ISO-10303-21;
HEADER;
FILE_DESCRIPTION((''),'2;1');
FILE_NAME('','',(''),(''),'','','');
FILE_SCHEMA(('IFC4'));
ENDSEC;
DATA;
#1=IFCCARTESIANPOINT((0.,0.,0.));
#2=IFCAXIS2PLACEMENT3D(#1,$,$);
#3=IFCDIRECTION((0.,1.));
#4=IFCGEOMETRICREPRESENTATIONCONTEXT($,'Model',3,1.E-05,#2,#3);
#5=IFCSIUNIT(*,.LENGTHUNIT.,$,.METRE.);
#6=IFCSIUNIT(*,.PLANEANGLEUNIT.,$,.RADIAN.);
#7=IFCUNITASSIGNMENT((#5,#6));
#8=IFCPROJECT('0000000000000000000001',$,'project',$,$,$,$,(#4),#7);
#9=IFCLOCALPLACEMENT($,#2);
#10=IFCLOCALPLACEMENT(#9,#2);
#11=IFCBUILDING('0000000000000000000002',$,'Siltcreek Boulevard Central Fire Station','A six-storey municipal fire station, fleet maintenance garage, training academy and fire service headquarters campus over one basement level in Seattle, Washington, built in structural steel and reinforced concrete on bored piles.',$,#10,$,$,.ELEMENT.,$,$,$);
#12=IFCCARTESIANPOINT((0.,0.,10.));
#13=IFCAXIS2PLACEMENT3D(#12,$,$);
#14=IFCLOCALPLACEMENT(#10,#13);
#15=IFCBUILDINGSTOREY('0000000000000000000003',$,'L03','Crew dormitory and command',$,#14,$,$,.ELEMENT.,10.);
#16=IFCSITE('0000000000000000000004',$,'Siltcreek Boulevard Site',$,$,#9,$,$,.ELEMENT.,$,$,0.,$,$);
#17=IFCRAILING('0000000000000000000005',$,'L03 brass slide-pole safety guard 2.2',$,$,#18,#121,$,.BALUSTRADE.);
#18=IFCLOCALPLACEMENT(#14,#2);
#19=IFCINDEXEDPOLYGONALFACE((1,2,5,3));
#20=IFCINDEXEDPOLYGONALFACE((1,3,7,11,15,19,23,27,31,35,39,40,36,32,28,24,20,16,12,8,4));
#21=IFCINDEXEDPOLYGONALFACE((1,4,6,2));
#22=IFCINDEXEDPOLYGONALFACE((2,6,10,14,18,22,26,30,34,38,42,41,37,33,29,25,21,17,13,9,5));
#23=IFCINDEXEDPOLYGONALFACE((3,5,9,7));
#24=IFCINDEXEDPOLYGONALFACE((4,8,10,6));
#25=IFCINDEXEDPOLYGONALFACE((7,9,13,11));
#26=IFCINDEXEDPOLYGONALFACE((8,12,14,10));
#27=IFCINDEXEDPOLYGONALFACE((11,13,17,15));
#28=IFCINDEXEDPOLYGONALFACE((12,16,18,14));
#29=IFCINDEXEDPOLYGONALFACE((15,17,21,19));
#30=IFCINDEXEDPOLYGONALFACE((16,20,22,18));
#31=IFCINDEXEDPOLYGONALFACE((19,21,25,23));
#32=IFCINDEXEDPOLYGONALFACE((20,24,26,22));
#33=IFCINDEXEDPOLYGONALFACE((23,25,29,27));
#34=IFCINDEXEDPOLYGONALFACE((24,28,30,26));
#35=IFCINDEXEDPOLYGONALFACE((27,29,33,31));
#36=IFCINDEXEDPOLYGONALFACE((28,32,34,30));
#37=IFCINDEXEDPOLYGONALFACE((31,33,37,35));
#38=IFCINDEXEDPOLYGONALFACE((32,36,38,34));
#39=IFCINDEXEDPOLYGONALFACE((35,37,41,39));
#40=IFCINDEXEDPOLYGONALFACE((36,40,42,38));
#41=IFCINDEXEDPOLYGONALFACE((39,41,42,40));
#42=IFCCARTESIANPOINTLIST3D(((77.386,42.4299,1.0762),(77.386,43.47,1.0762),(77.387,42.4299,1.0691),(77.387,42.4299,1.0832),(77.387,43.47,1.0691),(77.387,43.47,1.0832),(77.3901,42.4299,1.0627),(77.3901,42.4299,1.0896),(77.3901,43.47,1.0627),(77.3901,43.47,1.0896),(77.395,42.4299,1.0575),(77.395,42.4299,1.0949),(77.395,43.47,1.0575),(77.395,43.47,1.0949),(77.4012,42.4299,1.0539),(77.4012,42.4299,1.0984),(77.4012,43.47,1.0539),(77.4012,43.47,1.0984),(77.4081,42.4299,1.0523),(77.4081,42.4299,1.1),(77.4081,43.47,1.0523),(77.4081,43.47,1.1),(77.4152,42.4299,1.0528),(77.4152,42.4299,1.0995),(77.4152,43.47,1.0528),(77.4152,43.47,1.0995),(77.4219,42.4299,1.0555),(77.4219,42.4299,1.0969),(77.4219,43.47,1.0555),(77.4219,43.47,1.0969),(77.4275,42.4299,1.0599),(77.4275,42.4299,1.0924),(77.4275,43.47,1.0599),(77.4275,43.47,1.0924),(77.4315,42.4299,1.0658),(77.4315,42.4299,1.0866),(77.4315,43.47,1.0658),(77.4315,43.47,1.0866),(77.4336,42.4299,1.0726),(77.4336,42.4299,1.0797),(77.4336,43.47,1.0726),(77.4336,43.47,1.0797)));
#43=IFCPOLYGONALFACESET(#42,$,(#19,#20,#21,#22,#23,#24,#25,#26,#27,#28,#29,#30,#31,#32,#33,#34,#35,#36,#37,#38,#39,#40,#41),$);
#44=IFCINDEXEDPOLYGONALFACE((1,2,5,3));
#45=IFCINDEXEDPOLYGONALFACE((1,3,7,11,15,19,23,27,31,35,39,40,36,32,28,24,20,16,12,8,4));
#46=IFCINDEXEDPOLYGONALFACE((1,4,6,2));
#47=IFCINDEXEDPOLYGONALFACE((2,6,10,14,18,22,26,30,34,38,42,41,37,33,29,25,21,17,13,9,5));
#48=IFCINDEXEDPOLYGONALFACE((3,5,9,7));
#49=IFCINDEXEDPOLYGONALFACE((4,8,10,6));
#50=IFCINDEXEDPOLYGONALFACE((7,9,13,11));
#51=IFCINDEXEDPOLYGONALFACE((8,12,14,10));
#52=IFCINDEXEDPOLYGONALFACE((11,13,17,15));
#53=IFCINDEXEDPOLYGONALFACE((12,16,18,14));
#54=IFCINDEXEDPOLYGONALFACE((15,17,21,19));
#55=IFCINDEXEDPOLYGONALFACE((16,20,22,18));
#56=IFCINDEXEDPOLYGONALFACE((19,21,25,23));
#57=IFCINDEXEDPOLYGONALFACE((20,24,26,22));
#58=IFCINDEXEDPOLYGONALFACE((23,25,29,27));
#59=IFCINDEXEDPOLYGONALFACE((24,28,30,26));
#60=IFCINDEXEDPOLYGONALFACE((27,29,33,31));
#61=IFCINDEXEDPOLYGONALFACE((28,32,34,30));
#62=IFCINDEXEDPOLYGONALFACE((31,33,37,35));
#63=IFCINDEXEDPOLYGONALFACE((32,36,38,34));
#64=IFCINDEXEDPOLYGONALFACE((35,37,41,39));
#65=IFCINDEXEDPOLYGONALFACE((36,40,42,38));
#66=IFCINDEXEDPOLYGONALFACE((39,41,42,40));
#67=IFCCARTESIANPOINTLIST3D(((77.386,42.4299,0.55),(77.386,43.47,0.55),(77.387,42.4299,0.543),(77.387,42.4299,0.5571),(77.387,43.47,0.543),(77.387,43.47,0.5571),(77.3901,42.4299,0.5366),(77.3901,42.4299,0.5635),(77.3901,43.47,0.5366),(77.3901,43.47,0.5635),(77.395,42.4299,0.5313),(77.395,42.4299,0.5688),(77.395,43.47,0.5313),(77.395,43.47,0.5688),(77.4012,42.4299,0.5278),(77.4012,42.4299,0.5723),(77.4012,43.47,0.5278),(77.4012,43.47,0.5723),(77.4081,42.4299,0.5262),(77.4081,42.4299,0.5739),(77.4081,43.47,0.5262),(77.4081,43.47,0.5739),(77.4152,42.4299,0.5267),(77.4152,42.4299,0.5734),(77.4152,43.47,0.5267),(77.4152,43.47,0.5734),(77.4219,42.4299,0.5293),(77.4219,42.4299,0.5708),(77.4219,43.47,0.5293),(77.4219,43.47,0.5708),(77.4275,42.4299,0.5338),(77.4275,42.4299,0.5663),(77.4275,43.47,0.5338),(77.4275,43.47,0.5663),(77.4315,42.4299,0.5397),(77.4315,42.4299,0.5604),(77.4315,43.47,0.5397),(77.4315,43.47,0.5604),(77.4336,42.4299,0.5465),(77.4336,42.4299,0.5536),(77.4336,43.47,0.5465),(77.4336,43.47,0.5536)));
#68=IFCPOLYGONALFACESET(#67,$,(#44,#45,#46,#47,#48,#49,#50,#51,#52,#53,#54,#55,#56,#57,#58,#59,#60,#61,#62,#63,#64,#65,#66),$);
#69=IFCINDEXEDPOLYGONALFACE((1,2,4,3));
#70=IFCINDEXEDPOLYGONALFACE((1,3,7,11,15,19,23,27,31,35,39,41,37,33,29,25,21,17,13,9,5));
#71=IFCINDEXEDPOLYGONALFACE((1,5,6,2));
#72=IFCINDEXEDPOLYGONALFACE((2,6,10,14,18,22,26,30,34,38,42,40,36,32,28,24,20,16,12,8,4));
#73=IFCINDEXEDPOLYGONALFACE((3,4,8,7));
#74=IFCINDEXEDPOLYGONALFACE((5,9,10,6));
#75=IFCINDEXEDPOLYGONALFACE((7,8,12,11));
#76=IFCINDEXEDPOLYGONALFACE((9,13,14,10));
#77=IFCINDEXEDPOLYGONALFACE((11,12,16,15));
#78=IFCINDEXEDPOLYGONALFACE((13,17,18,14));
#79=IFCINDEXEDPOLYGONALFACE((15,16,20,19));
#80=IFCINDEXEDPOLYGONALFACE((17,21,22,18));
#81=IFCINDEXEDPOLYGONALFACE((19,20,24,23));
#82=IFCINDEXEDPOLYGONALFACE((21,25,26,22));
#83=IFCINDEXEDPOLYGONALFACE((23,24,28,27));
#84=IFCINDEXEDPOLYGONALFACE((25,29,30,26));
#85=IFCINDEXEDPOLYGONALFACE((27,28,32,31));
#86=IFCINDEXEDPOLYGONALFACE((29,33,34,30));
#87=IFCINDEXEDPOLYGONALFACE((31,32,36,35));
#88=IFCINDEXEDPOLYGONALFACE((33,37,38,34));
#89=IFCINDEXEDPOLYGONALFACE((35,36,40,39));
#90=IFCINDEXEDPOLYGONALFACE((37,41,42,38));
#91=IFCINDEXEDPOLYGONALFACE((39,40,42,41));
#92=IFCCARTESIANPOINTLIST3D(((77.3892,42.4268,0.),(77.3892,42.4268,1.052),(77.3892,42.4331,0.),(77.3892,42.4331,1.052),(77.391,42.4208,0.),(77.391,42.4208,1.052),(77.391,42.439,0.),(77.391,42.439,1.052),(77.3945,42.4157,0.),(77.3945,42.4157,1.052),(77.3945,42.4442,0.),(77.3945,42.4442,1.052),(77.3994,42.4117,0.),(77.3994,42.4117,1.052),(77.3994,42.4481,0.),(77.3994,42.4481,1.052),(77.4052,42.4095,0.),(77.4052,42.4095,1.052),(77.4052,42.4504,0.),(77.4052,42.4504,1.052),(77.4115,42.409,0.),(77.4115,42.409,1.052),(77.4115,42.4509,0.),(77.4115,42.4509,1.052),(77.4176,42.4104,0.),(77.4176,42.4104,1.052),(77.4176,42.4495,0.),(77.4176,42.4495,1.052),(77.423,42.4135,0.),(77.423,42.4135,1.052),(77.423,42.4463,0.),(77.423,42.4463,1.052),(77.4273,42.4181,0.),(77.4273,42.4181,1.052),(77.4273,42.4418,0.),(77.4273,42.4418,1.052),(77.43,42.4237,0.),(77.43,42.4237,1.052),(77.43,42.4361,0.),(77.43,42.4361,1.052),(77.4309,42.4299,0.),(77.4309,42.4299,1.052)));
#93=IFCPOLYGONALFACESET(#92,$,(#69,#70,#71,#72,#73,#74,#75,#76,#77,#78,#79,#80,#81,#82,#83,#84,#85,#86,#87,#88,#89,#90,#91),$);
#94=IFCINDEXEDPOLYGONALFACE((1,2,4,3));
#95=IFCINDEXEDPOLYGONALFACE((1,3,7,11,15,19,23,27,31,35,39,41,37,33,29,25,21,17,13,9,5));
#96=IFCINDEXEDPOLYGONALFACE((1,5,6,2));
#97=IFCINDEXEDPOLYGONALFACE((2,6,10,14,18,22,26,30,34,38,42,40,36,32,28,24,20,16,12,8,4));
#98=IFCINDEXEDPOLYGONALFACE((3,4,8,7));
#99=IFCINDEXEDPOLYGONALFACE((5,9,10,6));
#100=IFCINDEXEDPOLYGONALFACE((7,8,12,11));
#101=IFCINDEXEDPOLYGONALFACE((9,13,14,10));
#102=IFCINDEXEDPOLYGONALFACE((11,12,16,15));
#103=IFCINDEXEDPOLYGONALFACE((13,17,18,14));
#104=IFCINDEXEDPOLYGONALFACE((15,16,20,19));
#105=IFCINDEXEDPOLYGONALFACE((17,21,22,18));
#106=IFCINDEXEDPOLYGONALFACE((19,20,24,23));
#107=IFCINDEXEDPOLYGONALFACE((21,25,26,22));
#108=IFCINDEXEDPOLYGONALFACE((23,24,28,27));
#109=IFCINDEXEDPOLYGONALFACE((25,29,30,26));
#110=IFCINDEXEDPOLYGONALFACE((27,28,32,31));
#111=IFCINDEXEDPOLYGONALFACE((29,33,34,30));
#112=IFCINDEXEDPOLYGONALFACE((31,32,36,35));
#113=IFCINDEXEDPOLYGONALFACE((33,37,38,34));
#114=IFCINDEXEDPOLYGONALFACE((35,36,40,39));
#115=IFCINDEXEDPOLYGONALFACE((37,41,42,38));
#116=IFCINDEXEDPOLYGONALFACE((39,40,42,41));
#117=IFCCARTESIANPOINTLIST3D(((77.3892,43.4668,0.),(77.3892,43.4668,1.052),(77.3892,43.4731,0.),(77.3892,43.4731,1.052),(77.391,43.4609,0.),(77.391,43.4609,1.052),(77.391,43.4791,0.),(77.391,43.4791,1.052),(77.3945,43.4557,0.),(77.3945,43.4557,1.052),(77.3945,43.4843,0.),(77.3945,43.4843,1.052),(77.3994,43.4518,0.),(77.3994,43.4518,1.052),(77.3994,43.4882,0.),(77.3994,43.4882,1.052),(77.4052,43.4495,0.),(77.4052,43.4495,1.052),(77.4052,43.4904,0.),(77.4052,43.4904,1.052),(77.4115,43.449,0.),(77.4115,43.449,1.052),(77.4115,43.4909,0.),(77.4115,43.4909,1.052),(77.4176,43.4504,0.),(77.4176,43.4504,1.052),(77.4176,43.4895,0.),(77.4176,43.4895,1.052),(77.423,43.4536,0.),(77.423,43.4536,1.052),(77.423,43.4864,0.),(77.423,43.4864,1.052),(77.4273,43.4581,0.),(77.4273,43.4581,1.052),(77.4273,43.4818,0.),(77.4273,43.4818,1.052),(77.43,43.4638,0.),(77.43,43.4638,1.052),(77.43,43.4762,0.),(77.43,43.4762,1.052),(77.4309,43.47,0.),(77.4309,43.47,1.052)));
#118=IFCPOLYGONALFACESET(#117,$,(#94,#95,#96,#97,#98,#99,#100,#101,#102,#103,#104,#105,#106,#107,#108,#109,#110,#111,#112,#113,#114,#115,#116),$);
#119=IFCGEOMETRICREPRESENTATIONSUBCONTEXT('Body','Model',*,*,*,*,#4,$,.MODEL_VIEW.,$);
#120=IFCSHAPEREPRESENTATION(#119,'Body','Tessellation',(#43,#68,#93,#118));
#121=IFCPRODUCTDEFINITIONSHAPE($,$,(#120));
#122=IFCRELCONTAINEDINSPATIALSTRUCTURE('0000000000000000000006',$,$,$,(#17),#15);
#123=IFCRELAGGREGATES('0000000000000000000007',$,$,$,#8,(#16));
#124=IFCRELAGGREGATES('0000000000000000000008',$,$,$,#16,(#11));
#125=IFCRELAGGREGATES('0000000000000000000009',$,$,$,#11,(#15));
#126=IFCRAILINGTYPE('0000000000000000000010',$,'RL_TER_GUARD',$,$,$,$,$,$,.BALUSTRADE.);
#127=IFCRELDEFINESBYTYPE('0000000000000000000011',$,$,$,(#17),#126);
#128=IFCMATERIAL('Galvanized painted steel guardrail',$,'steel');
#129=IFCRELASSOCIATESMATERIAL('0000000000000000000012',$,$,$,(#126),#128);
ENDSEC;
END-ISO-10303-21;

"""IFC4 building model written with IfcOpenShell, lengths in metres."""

from ifc_helpers import new_model, si_unit, direction, frame, origin, origin_2d, place, context, subcontext, project, spatial, circle, extrude, material, type_object, element, save


model = new_model("IFC4")

# Units and contexts
model_context = context("Model", 3, precision=1e-05, world=origin(), true_north=direction((0.0, 1.0)))
body_context = subcontext(model_context, "Body", "Model", "MODEL_VIEW")
ifc_project = project(units=[si_unit("LENGTHUNIT", "METRE"), si_unit("PLANEANGLEUNIT", "RADIAN")], contexts=[model_context])

# Site, building, storey
site_placement = place(None, origin())
site = spatial("IfcSite", under=ifc_project, at=site_placement, Name="Siltcreek Boulevard Site", CompositionType="ELEMENT", RefElevation=0.0)
building_placement = place(site_placement, origin())
building = spatial("IfcBuilding", under=site, at=building_placement, Name="Siltcreek Boulevard Central Fire Station", Description="A six-storey municipal fire station, fleet maintenance garage, training academy and fire service headquarters campus over one basement level in Seattle, Washington, built in structural steel and reinforced concrete on bored piles.", CompositionType="ELEMENT")
storey_placement = place(building_placement, frame((0.0, 0.0, 10.0)))
storey = spatial("IfcBuildingStorey", under=building, at=storey_placement, Name="L03", Description="Crew dormitory and command", CompositionType="ELEMENT", Elevation=10.0)

# Railing
ifc_material_1 = material(Name="Galvanized painted steel guardrail", Category="steel")
railing_type = type_object("IfcRailingType", Name="RL_TER_GUARD", PredefinedType="BALUSTRADE", material=ifc_material_1)
railing_1_placement = place(storey_placement, frame((77.4099, 42.4299, 0.0)))
element("IfcRailing", 1, at=railing_1_placement, inside=storey, type_object=railing_type, Name="L03 brass slide-pole safety guard 2.2", PredefinedType="BALUSTRADE", context=body_context, shape_type="SweptSolid", body=[
    extrude(circle(Radius=0.0239, at=origin_2d()), frame((0.0, 0.0, 1.0762), z_axis=(0.0, 1.0, 0.0), x_axis=(-1.0, 0.0, 0.0)), (0.0, 0.0, 1.0), 1.04),
    extrude(circle(Radius=0.0239, at=origin_2d()), frame((0.0, 0.0, 0.55), z_axis=(0.0, 1.0, 0.0), x_axis=(-1.0, 0.0, 0.0)), (0.0, 0.0, 1.0), 1.04),
    extrude(circle(Radius=0.021, at=origin_2d()), origin(), (0.0, 0.0, 1.0), 1.052),
    extrude(circle(Radius=0.021, at=origin_2d()), frame((0.0, 1.04, 0.0)), (0.0, 0.0, 1.0), 1.052),
])

save(model, "model.ifc")
